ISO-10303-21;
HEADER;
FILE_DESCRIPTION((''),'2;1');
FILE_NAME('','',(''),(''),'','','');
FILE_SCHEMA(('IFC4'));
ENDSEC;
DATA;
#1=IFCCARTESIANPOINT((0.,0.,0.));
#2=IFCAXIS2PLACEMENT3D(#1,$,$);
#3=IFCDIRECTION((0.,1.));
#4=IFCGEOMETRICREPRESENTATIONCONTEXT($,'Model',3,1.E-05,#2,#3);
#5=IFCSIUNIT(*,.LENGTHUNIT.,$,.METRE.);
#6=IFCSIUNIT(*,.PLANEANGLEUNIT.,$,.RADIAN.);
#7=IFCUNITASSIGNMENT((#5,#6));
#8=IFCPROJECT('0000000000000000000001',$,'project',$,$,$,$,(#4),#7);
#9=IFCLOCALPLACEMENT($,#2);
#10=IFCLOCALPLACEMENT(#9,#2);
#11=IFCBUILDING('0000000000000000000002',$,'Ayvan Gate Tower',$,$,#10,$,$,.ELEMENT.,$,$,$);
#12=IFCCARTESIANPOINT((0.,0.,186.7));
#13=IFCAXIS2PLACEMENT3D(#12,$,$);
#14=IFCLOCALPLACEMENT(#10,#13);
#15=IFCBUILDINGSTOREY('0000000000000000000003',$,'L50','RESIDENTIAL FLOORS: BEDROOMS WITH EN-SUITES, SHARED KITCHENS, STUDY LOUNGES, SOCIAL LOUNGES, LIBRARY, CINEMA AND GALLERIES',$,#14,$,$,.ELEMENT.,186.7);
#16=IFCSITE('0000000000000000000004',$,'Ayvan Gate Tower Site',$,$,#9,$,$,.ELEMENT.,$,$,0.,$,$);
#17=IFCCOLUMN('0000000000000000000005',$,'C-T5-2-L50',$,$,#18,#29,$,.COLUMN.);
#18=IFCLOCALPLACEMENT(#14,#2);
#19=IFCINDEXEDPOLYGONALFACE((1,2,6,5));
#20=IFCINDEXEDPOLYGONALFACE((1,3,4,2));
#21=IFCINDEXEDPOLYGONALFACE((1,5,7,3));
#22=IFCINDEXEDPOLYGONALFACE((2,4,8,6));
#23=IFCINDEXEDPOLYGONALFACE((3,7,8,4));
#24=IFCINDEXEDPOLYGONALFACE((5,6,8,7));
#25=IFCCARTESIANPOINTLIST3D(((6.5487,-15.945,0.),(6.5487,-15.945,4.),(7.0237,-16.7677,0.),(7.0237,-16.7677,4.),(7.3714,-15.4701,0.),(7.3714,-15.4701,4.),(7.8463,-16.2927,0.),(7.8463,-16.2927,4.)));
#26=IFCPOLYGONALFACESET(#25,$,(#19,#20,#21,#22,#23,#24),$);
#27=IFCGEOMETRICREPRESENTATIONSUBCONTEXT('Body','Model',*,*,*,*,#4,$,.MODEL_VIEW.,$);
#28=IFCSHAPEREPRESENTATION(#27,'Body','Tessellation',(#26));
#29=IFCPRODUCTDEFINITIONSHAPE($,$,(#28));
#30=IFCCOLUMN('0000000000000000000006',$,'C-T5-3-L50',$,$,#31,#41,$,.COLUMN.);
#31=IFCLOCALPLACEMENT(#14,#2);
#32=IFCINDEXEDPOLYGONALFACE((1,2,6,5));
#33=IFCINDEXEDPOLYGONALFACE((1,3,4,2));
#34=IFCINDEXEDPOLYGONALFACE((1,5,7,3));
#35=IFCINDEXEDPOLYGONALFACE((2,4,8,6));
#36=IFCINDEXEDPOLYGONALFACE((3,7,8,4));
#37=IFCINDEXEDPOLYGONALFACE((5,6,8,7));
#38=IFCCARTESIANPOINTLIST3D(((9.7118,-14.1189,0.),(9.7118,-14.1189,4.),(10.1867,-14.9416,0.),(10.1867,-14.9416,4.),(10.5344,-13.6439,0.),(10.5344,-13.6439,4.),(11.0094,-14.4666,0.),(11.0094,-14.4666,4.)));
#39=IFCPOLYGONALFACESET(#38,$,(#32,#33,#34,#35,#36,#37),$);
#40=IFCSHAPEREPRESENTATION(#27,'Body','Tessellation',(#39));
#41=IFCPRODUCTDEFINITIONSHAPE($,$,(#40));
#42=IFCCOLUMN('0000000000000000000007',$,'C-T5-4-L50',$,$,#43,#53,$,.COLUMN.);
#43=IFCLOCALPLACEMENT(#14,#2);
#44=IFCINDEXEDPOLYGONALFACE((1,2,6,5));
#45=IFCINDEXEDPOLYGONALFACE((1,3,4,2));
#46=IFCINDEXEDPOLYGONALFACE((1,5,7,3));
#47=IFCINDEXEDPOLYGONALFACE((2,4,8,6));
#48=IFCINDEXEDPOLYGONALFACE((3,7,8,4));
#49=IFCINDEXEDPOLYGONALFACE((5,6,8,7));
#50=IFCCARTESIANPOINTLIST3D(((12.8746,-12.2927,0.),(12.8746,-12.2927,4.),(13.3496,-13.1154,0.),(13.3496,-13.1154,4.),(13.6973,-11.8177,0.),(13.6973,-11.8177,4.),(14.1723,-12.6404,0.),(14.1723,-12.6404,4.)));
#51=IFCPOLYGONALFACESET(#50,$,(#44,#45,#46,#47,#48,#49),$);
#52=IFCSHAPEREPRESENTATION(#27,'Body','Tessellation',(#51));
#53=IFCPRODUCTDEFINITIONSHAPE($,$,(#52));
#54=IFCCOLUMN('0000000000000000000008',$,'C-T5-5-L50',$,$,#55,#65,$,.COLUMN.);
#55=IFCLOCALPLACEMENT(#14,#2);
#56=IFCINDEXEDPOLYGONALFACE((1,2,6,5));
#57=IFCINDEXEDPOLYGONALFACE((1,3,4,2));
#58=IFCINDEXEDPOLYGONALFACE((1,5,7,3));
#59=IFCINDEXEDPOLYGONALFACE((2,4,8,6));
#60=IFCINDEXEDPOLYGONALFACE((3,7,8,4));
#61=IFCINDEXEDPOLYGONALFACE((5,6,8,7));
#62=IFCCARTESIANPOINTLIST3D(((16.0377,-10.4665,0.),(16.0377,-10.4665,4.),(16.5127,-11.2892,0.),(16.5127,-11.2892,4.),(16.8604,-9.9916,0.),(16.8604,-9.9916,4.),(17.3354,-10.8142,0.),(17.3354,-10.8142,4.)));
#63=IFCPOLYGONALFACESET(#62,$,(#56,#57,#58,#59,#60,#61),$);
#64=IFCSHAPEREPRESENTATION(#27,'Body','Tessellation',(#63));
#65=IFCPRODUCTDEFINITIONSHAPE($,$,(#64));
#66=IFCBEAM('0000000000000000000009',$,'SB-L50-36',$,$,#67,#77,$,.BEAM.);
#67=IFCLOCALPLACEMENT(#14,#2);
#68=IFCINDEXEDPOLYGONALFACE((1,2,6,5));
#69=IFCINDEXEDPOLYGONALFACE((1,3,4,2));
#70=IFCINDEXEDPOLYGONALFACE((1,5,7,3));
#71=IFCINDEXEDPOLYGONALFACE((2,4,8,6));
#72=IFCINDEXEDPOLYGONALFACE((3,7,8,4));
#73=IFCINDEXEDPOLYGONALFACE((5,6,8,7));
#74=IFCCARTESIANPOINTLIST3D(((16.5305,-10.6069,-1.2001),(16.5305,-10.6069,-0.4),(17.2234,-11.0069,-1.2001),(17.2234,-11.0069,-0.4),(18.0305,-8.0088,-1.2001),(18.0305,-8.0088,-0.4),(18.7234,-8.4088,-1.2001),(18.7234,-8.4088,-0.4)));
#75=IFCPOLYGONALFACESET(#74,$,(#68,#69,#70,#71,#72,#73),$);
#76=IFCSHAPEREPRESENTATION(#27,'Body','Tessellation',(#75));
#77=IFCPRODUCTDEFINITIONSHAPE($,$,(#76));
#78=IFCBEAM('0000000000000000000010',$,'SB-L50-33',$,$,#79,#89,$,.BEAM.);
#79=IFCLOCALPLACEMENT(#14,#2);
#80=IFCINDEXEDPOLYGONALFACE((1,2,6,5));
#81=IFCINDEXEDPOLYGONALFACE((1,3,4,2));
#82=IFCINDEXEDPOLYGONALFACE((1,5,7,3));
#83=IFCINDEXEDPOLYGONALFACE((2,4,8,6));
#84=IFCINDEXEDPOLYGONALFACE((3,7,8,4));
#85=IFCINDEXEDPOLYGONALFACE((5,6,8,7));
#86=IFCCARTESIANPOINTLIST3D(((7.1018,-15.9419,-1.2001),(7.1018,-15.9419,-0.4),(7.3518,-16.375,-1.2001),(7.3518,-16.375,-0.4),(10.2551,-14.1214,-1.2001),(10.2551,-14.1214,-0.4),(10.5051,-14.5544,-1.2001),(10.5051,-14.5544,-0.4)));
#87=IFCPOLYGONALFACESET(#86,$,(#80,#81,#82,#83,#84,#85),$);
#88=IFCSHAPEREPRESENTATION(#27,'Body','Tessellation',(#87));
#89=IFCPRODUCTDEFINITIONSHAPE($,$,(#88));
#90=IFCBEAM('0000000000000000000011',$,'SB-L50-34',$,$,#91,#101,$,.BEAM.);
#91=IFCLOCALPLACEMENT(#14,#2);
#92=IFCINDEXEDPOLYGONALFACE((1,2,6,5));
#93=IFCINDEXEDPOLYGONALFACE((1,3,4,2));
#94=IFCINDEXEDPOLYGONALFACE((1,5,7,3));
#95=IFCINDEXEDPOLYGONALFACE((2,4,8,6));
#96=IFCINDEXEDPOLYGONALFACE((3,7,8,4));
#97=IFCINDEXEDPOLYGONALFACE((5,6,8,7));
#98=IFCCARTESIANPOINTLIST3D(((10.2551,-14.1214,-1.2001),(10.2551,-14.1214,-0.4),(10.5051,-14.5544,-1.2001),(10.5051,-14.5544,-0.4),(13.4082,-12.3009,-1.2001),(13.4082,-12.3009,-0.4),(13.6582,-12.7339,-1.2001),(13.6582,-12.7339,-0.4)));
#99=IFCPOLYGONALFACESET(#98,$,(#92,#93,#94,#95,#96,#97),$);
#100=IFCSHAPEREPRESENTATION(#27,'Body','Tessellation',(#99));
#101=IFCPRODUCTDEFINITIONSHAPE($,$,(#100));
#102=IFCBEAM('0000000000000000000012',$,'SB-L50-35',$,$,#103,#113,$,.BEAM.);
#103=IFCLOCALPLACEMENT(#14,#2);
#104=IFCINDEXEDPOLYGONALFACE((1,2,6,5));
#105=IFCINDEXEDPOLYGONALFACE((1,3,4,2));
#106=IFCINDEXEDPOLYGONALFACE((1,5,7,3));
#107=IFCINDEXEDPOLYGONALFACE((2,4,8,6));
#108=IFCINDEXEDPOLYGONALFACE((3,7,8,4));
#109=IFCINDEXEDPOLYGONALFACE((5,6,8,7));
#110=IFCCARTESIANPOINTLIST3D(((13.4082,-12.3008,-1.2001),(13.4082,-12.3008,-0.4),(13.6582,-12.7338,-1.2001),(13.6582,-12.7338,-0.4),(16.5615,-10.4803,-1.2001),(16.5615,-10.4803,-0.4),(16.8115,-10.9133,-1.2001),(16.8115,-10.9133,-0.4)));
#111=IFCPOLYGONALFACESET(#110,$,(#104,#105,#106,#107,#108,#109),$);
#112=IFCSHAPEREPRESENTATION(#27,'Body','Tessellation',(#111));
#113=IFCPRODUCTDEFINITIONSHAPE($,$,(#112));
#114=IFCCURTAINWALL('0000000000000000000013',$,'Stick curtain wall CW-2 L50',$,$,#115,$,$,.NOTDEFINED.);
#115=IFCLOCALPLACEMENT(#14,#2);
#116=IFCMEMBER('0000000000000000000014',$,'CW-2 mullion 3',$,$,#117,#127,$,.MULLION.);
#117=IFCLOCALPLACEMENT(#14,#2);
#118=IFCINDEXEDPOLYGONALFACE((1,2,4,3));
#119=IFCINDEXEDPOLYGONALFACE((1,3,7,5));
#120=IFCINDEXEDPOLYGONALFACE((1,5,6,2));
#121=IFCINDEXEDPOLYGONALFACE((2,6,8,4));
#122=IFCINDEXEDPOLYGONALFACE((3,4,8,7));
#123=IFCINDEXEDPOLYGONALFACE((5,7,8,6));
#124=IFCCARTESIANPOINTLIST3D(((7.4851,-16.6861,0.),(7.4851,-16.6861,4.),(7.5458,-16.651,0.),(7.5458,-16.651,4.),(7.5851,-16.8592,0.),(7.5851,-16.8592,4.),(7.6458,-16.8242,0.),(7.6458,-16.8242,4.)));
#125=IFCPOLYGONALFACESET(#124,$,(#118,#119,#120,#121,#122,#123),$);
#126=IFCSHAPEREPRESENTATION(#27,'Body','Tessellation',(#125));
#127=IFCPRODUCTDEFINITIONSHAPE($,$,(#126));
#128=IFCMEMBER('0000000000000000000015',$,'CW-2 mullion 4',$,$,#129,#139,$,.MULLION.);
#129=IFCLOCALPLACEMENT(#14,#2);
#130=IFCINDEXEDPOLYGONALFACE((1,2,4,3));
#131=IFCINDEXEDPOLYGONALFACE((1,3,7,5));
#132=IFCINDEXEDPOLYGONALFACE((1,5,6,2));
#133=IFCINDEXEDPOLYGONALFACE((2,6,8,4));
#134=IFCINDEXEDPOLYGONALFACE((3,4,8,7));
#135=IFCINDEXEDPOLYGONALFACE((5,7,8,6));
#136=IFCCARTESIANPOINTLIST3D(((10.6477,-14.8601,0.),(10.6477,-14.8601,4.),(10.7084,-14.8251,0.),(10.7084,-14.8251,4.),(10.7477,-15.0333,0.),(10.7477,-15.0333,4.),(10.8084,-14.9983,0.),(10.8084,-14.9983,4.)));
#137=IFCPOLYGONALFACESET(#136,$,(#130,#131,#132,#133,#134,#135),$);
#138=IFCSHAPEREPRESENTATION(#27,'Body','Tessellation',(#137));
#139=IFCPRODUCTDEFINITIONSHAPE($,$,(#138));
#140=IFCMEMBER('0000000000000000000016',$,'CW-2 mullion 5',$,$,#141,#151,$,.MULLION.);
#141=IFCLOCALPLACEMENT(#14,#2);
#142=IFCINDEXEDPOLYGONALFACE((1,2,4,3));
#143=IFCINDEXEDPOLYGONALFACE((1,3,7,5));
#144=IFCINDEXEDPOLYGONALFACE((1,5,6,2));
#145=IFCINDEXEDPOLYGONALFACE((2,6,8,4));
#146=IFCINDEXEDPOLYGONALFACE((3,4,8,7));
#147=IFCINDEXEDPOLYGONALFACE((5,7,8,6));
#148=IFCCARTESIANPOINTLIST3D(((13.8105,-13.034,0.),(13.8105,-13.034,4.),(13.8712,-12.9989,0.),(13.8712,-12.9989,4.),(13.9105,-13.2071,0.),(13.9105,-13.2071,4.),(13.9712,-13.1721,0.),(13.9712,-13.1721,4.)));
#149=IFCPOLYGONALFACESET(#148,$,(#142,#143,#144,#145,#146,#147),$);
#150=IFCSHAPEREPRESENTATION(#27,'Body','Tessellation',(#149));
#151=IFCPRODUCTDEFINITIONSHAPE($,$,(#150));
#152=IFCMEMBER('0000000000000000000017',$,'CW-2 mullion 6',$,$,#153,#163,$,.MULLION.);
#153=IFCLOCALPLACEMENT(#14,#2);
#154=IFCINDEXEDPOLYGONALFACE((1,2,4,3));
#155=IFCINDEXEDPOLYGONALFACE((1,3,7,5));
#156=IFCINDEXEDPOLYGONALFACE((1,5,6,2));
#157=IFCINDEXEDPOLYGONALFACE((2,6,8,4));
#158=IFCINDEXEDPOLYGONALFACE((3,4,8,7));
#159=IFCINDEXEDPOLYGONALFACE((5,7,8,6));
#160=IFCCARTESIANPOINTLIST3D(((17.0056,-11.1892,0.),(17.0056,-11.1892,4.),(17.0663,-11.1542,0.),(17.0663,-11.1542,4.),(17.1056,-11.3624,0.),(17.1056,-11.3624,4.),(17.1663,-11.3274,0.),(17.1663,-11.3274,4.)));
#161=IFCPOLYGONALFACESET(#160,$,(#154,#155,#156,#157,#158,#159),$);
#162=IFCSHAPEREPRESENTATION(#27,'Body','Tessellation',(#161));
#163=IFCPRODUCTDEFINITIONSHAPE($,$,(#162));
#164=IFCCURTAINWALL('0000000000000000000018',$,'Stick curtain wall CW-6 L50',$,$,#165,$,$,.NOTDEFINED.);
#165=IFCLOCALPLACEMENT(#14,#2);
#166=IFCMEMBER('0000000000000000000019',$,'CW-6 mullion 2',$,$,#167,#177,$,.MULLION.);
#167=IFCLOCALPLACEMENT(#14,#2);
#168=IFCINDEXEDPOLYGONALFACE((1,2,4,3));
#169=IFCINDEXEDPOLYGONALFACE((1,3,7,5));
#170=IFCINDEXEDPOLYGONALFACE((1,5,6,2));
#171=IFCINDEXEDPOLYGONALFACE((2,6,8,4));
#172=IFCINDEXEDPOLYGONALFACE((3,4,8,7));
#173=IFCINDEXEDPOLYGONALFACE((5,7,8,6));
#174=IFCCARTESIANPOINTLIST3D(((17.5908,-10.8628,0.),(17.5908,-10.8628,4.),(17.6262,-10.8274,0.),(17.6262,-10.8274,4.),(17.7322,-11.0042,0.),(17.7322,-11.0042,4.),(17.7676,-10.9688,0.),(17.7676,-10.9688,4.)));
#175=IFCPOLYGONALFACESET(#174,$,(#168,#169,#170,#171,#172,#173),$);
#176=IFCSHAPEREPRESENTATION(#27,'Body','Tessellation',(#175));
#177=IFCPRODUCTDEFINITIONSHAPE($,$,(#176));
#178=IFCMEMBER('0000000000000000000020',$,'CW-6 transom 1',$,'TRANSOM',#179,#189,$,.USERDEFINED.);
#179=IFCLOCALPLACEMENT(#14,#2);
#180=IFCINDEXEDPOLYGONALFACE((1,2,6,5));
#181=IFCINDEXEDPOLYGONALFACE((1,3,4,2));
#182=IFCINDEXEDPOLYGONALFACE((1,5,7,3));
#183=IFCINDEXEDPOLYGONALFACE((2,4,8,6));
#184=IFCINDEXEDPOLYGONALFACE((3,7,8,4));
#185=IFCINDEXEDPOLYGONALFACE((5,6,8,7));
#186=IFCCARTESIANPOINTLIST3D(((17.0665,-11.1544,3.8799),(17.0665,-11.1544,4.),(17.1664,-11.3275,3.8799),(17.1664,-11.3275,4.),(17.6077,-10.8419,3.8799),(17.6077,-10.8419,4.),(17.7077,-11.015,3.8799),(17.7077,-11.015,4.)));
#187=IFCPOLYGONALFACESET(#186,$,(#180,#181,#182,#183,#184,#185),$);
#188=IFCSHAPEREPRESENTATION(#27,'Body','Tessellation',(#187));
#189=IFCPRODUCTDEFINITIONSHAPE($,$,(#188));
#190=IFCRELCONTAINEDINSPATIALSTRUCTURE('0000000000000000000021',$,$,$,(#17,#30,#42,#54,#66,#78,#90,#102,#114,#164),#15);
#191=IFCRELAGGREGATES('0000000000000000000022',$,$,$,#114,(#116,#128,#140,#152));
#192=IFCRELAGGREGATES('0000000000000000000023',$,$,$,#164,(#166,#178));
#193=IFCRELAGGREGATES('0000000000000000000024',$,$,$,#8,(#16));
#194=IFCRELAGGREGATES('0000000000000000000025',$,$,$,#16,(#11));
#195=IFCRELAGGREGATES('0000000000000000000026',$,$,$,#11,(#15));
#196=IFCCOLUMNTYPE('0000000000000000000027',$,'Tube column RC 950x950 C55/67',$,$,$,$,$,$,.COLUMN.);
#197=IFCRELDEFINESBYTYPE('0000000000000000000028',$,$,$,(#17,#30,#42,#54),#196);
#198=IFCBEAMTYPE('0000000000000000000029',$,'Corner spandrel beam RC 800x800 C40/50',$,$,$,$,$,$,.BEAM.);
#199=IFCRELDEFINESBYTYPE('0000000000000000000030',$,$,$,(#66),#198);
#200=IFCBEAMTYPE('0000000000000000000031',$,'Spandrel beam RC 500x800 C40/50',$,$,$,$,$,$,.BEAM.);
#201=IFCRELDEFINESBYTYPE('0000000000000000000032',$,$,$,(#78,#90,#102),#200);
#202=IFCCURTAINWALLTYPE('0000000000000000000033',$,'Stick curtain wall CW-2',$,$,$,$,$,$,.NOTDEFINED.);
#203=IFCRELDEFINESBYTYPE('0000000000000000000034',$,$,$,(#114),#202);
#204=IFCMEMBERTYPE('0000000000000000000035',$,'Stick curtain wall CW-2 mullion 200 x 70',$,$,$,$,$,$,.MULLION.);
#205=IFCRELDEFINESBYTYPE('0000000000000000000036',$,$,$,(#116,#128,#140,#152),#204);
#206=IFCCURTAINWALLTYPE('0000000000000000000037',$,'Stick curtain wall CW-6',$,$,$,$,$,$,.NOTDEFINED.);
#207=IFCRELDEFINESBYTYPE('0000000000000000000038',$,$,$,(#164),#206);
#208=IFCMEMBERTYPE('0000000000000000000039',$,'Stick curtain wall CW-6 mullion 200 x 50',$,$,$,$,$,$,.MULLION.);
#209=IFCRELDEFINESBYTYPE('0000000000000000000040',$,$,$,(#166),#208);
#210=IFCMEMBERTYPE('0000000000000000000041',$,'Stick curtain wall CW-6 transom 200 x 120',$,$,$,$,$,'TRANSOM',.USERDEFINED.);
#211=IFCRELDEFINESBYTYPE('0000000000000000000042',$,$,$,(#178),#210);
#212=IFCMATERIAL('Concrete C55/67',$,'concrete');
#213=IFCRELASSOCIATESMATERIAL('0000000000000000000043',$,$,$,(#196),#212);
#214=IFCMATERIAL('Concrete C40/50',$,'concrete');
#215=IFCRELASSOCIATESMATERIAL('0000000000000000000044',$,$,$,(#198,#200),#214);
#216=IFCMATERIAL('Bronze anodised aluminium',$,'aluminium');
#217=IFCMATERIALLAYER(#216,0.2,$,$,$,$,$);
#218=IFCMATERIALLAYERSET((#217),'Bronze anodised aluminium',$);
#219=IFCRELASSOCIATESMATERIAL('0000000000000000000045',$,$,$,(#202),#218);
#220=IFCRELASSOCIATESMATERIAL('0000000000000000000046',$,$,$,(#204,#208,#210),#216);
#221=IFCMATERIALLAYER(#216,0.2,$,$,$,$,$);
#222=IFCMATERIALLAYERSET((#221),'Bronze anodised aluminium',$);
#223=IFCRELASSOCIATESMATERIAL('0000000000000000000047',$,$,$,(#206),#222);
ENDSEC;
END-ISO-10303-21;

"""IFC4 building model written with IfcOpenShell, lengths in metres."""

from ifc_helpers import new_model, si_unit, direction, frame, origin, origin_2d, place, context, subcontext, project, spatial, rectangle, extrude, material, layer, layer_set, material_profile, profile_set, type_object, element, aggregate, save


model = new_model("IFC4")

# Units and contexts
model_context = context("Model", 3, precision=1e-05, world=origin(), true_north=direction((0.0, 1.0)))
body_context = subcontext(model_context, "Body", "Model", "MODEL_VIEW")
ifc_project = project(units=[si_unit("LENGTHUNIT", "METRE"), si_unit("PLANEANGLEUNIT", "RADIAN")], contexts=[model_context])

# Site, building, storey
site_placement = place(None, origin())
site = spatial("IfcSite", under=ifc_project, at=site_placement, Name="Ayvan Gate Tower Site", CompositionType="ELEMENT", RefElevation=0.0)
building_placement = place(site_placement, origin())
building = spatial("IfcBuilding", under=site, at=building_placement, Name="Ayvan Gate Tower", CompositionType="ELEMENT")
storey_placement = place(building_placement, frame((0.0, 0.0, 186.7)))
storey = spatial("IfcBuildingStorey", under=building, at=storey_placement, Name="L50", Description="RESIDENTIAL FLOORS: BEDROOMS WITH EN-SUITES, SHARED KITCHENS, STUDY LOUNGES, SOCIAL LOUNGES, LIBRARY, CINEMA AND GALLERIES", CompositionType="ELEMENT", Elevation=186.7)

# Columns
ifc_material_1 = material(Name="Concrete C55/67", Category="concrete")
ifc_material_profile_1 = material_profile(ifc_material_1, rectangle(XDim=0.95, YDim=0.95, at=origin_2d()), Name="RC 950x950")
ifc_profile_set_1 = profile_set([ifc_material_profile_1], Name="Concrete C55/67")
column_type = type_object("IfcColumnType", Name="Tube column RC 950x950 C55/67", PredefinedType="COLUMN", material=ifc_profile_set_1)
for number, where, z_axis, x_axis, name in (
    (1, (7.1975, -16.1189, 0.0), (0.0, 0.0, 1.0), (0.5, -0.866025, 0.0), "C-T5-2-L50"),
    (2, (10.3606, -14.2927, 0.0), (0.0, 0.0, 1.0), (0.5, -0.866025, 0.0), "C-T5-3-L50"),
    (3, (13.5234, -12.4666, 0.0), (0.0, 0.0, 1.0), (0.5, -0.866025, 0.0), "C-T5-4-L50"),
    (4, (16.6865, -10.6404, 0.0), (0.0, 0.0, 1.0), (0.5, -0.866025, 0.0), "C-T5-5-L50"),
):
    element("IfcColumn", number, at=place(storey_placement, frame(where, z_axis=z_axis, x_axis=x_axis)), inside=storey, type_object=column_type, Name=name, PredefinedType="COLUMN", context=body_context, shape_type="SweptSolid", body=[
        extrude(rectangle(XDim=0.95, YDim=0.95, at=origin_2d()), origin(), (0.0, 0.0, 1.0), 4.0),
    ])

# Beams
ifc_material_2 = material(Name="Concrete C40/50", Category="concrete")
ifc_material_profile_2 = material_profile(ifc_material_2, rectangle(XDim=0.8, YDim=0.8, at=origin_2d()), Name="RC 800x800")
ifc_profile_set_2 = profile_set([ifc_material_profile_2], Name="Concrete C40/50")
beam_type_1 = type_object("IfcBeamType", Name="Corner spandrel beam RC 800x800 C40/50", PredefinedType="BEAM", material=ifc_profile_set_2)
beam_1_placement = place(storey_placement, frame((16.877, -10.8069, -0.8), z_axis=(0.49999, 0.866031, 0.0), x_axis=(-0.866031, 0.49999, 0.0)))
element("IfcBeam", 5, at=beam_1_placement, inside=storey, type_object=beam_type_1, Name="SB-L50-36", PredefinedType="BEAM", context=body_context, shape_type="SweptSolid", body=[
    extrude(rectangle(XDim=0.8, YDim=0.8, at=origin_2d()), origin(), (0.0, 0.0, 1.0), 3.0),
])
ifc_material_profile_3 = material_profile(ifc_material_2, rectangle(XDim=0.5, YDim=0.8, at=origin_2d()), Name="RC 500x800")
ifc_profile_set_3 = profile_set([ifc_material_profile_3], Name="Concrete C40/50")
beam_type_2 = type_object("IfcBeamType", Name="Spandrel beam RC 500x800 C40/50", PredefinedType="BEAM", material=ifc_profile_set_3)
beam_2_placement = place(storey_placement, frame((7.2268, -16.1584, -0.8), z_axis=(0.866027, 0.499997, 0.0), x_axis=(-0.499997, 0.866027, 0.0)))
element("IfcBeam", 6, at=beam_2_placement, inside=storey, type_object=beam_type_2, Name="SB-L50-33", PredefinedType="BEAM", context=body_context, shape_type="SweptSolid", body=[
    extrude(rectangle(XDim=0.5, YDim=0.8, at=origin_2d()), origin(), (0.0, 0.0, 1.0), 3.6411),
])
beam_3_placement = place(storey_placement, frame((10.3801, -14.3379, -0.8), z_axis=(0.86601, 0.500026, 0.0), x_axis=(-0.500026, 0.86601, 0.0)))
element("IfcBeam", 7, at=beam_3_placement, inside=storey, type_object=beam_type_2, Name="SB-L50-34", PredefinedType="BEAM", context=body_context, shape_type="SweptSolid", body=[
    extrude(rectangle(XDim=0.5, YDim=0.8, at=origin_2d()), origin(), (0.0, 0.0, 1.0), 3.6409),
])
beam_4_placement = place(storey_placement, frame((13.5332, -12.5173, -0.8), z_axis=(0.866027, 0.499997, 0.0), x_axis=(-0.499997, 0.866027, 0.0)))
element("IfcBeam", 8, at=beam_4_placement, inside=storey, type_object=beam_type_2, Name="SB-L50-35", PredefinedType="BEAM", context=body_context, shape_type="SweptSolid", body=[
    extrude(rectangle(XDim=0.5, YDim=0.8, at=origin_2d()), origin(), (0.0, 0.0, 1.0), 3.6411),
])

# Curtain walls, members
ifc_material_3 = material(Name="Bronze anodised aluminium", Category="aluminium")
ifc_layer_1 = layer(ifc_material_3, 0.2)
ifc_layer_set_1 = layer_set([ifc_layer_1], Name="Bronze anodised aluminium")
curtain_wall_type_1 = type_object("IfcCurtainWallType", Name="Stick curtain wall CW-2", PredefinedType="NOTDEFINED", material=ifc_layer_set_1)
curtain_wall_1_placement = place(storey_placement, origin())
curtain_wall_1 = element("IfcCurtainWall", 9, at=curtain_wall_1_placement, inside=storey, type_object=curtain_wall_type_1, Name="Stick curtain wall CW-2 L50", PredefinedType="NOTDEFINED")
ifc_material_profile_4 = material_profile(ifc_material_3, rectangle(XDim=0.2, YDim=0.0701, at=origin_2d()), Name="Stick curtain wall CW-2 mullion 200 x 70")
ifc_profile_set_4 = profile_set([ifc_material_profile_4], Name="Bronze anodised aluminium")
member_type_1 = type_object("IfcMemberType", Name="Stick curtain wall CW-2 mullion 200 x 70", PredefinedType="MULLION", material=ifc_profile_set_4)
member_1_placement = place(storey_placement, frame((7.5654, -16.7551, 0.0), z_axis=(0.0, 0.0, 1.0), x_axis=(0.5, -0.866025, 0.0)))
member_1 = element("IfcMember", 10, at=member_1_placement, type_object=member_type_1, Name="CW-2 mullion 3", PredefinedType="MULLION", context=body_context, shape_type="SweptSolid", body=[
    extrude(rectangle(XDim=0.2, YDim=0.0701, at=origin_2d()), origin(), (0.0, 0.0, 1.0), 4.0),
])
member_2_placement = place(storey_placement, frame((10.728, -14.9292, 0.0), z_axis=(0.0, 0.0, 1.0), x_axis=(0.5, -0.866025, 0.0)))
member_2 = element("IfcMember", 11, at=member_2_placement, type_object=member_type_1, Name="CW-2 mullion 4", PredefinedType="MULLION", context=body_context, shape_type="SweptSolid", body=[
    extrude(rectangle(XDim=0.2, YDim=0.0701, at=origin_2d()), origin(), (0.0, 0.0, 1.0), 4.0),
])
member_3_placement = place(storey_placement, frame((13.8909, -13.103, 0.0), z_axis=(0.0, 0.0, 1.0), x_axis=(0.5, -0.866025, 0.0)))
member_3 = element("IfcMember", 12, at=member_3_placement, type_object=member_type_1, Name="CW-2 mullion 5", PredefinedType="MULLION", context=body_context, shape_type="SweptSolid", body=[
    extrude(rectangle(XDim=0.2, YDim=0.0701, at=origin_2d()), origin(), (0.0, 0.0, 1.0), 4.0),
])
member_4_placement = place(storey_placement, frame((17.0859, -11.2583, 0.0), z_axis=(0.0, 0.0, 1.0), x_axis=(0.5, -0.866025, 0.0)))
member_4 = element("IfcMember", 13, at=member_4_placement, type_object=member_type_1, Name="CW-2 mullion 6", PredefinedType="MULLION", context=body_context, shape_type="SweptSolid", body=[
    extrude(rectangle(XDim=0.2, YDim=0.0701, at=origin_2d()), origin(), (0.0, 0.0, 1.0), 4.0),
])
ifc_layer_2 = layer(ifc_material_3, 0.2)
ifc_layer_set_2 = layer_set([ifc_layer_2], Name="Bronze anodised aluminium")
curtain_wall_type_2 = type_object("IfcCurtainWallType", Name="Stick curtain wall CW-6", PredefinedType="NOTDEFINED", material=ifc_layer_set_2)
curtain_wall_2_placement = place(storey_placement, origin())
curtain_wall_2 = element("IfcCurtainWall", 14, at=curtain_wall_2_placement, inside=storey, type_object=curtain_wall_type_2, Name="Stick curtain wall CW-6 L50", PredefinedType="NOTDEFINED")
ifc_material_profile_5 = material_profile(ifc_material_3, rectangle(XDim=0.2, YDim=0.05, at=origin_2d()), Name="Stick curtain wall CW-6 mullion 200 x 50")
ifc_profile_set_5 = profile_set([ifc_material_profile_5], Name="Bronze anodised aluminium")
member_type_2 = type_object("IfcMemberType", Name="Stick curtain wall CW-6 mullion 200 x 50", PredefinedType="MULLION", material=ifc_profile_set_5)
member_5_placement = place(storey_placement, frame((17.6792, -10.9158, 0.0), z_axis=(0.0, 0.0, 1.0), x_axis=(0.707107, -0.707107, 0.0)))
member_5 = element("IfcMember", 15, at=member_5_placement, type_object=member_type_2, Name="CW-6 mullion 2", PredefinedType="MULLION", context=body_context, shape_type="SweptSolid", body=[
    extrude(rectangle(XDim=0.2, YDim=0.05, at=origin_2d()), origin(), (0.0, 0.0, 1.0), 4.0),
])
ifc_material_profile_6 = material_profile(ifc_material_3, rectangle(XDim=0.2, YDim=0.1201, at=origin_2d()), Name="Stick curtain wall CW-6 transom 200 x 120")
ifc_profile_set_6 = profile_set([ifc_material_profile_6], Name="Bronze anodised aluminium")
member_type_3 = type_object("IfcMemberType", Name="Stick curtain wall CW-6 transom 200 x 120", ElementType="TRANSOM", PredefinedType="USERDEFINED", material=ifc_profile_set_6)
member_6_placement = place(storey_placement, frame((17.1165, -11.241, 3.9399), z_axis=(0.866023, 0.500004, 0.0), x_axis=(-0.500004, 0.866023, 0.0)))
member_6 = element("IfcMember", 16, at=member_6_placement, type_object=member_type_3, Name="CW-6 transom 1", ObjectType="TRANSOM", PredefinedType="USERDEFINED", context=body_context, shape_type="SweptSolid", body=[
    extrude(rectangle(XDim=0.2, YDim=0.1201, at=origin_2d()), origin(), (0.0, 0.0, 1.0), 0.625),
])

aggregate(curtain_wall_1, [member_1, member_2, member_3, member_4])
aggregate(curtain_wall_2, [member_5, member_6])

save(model, "model.ifc")
